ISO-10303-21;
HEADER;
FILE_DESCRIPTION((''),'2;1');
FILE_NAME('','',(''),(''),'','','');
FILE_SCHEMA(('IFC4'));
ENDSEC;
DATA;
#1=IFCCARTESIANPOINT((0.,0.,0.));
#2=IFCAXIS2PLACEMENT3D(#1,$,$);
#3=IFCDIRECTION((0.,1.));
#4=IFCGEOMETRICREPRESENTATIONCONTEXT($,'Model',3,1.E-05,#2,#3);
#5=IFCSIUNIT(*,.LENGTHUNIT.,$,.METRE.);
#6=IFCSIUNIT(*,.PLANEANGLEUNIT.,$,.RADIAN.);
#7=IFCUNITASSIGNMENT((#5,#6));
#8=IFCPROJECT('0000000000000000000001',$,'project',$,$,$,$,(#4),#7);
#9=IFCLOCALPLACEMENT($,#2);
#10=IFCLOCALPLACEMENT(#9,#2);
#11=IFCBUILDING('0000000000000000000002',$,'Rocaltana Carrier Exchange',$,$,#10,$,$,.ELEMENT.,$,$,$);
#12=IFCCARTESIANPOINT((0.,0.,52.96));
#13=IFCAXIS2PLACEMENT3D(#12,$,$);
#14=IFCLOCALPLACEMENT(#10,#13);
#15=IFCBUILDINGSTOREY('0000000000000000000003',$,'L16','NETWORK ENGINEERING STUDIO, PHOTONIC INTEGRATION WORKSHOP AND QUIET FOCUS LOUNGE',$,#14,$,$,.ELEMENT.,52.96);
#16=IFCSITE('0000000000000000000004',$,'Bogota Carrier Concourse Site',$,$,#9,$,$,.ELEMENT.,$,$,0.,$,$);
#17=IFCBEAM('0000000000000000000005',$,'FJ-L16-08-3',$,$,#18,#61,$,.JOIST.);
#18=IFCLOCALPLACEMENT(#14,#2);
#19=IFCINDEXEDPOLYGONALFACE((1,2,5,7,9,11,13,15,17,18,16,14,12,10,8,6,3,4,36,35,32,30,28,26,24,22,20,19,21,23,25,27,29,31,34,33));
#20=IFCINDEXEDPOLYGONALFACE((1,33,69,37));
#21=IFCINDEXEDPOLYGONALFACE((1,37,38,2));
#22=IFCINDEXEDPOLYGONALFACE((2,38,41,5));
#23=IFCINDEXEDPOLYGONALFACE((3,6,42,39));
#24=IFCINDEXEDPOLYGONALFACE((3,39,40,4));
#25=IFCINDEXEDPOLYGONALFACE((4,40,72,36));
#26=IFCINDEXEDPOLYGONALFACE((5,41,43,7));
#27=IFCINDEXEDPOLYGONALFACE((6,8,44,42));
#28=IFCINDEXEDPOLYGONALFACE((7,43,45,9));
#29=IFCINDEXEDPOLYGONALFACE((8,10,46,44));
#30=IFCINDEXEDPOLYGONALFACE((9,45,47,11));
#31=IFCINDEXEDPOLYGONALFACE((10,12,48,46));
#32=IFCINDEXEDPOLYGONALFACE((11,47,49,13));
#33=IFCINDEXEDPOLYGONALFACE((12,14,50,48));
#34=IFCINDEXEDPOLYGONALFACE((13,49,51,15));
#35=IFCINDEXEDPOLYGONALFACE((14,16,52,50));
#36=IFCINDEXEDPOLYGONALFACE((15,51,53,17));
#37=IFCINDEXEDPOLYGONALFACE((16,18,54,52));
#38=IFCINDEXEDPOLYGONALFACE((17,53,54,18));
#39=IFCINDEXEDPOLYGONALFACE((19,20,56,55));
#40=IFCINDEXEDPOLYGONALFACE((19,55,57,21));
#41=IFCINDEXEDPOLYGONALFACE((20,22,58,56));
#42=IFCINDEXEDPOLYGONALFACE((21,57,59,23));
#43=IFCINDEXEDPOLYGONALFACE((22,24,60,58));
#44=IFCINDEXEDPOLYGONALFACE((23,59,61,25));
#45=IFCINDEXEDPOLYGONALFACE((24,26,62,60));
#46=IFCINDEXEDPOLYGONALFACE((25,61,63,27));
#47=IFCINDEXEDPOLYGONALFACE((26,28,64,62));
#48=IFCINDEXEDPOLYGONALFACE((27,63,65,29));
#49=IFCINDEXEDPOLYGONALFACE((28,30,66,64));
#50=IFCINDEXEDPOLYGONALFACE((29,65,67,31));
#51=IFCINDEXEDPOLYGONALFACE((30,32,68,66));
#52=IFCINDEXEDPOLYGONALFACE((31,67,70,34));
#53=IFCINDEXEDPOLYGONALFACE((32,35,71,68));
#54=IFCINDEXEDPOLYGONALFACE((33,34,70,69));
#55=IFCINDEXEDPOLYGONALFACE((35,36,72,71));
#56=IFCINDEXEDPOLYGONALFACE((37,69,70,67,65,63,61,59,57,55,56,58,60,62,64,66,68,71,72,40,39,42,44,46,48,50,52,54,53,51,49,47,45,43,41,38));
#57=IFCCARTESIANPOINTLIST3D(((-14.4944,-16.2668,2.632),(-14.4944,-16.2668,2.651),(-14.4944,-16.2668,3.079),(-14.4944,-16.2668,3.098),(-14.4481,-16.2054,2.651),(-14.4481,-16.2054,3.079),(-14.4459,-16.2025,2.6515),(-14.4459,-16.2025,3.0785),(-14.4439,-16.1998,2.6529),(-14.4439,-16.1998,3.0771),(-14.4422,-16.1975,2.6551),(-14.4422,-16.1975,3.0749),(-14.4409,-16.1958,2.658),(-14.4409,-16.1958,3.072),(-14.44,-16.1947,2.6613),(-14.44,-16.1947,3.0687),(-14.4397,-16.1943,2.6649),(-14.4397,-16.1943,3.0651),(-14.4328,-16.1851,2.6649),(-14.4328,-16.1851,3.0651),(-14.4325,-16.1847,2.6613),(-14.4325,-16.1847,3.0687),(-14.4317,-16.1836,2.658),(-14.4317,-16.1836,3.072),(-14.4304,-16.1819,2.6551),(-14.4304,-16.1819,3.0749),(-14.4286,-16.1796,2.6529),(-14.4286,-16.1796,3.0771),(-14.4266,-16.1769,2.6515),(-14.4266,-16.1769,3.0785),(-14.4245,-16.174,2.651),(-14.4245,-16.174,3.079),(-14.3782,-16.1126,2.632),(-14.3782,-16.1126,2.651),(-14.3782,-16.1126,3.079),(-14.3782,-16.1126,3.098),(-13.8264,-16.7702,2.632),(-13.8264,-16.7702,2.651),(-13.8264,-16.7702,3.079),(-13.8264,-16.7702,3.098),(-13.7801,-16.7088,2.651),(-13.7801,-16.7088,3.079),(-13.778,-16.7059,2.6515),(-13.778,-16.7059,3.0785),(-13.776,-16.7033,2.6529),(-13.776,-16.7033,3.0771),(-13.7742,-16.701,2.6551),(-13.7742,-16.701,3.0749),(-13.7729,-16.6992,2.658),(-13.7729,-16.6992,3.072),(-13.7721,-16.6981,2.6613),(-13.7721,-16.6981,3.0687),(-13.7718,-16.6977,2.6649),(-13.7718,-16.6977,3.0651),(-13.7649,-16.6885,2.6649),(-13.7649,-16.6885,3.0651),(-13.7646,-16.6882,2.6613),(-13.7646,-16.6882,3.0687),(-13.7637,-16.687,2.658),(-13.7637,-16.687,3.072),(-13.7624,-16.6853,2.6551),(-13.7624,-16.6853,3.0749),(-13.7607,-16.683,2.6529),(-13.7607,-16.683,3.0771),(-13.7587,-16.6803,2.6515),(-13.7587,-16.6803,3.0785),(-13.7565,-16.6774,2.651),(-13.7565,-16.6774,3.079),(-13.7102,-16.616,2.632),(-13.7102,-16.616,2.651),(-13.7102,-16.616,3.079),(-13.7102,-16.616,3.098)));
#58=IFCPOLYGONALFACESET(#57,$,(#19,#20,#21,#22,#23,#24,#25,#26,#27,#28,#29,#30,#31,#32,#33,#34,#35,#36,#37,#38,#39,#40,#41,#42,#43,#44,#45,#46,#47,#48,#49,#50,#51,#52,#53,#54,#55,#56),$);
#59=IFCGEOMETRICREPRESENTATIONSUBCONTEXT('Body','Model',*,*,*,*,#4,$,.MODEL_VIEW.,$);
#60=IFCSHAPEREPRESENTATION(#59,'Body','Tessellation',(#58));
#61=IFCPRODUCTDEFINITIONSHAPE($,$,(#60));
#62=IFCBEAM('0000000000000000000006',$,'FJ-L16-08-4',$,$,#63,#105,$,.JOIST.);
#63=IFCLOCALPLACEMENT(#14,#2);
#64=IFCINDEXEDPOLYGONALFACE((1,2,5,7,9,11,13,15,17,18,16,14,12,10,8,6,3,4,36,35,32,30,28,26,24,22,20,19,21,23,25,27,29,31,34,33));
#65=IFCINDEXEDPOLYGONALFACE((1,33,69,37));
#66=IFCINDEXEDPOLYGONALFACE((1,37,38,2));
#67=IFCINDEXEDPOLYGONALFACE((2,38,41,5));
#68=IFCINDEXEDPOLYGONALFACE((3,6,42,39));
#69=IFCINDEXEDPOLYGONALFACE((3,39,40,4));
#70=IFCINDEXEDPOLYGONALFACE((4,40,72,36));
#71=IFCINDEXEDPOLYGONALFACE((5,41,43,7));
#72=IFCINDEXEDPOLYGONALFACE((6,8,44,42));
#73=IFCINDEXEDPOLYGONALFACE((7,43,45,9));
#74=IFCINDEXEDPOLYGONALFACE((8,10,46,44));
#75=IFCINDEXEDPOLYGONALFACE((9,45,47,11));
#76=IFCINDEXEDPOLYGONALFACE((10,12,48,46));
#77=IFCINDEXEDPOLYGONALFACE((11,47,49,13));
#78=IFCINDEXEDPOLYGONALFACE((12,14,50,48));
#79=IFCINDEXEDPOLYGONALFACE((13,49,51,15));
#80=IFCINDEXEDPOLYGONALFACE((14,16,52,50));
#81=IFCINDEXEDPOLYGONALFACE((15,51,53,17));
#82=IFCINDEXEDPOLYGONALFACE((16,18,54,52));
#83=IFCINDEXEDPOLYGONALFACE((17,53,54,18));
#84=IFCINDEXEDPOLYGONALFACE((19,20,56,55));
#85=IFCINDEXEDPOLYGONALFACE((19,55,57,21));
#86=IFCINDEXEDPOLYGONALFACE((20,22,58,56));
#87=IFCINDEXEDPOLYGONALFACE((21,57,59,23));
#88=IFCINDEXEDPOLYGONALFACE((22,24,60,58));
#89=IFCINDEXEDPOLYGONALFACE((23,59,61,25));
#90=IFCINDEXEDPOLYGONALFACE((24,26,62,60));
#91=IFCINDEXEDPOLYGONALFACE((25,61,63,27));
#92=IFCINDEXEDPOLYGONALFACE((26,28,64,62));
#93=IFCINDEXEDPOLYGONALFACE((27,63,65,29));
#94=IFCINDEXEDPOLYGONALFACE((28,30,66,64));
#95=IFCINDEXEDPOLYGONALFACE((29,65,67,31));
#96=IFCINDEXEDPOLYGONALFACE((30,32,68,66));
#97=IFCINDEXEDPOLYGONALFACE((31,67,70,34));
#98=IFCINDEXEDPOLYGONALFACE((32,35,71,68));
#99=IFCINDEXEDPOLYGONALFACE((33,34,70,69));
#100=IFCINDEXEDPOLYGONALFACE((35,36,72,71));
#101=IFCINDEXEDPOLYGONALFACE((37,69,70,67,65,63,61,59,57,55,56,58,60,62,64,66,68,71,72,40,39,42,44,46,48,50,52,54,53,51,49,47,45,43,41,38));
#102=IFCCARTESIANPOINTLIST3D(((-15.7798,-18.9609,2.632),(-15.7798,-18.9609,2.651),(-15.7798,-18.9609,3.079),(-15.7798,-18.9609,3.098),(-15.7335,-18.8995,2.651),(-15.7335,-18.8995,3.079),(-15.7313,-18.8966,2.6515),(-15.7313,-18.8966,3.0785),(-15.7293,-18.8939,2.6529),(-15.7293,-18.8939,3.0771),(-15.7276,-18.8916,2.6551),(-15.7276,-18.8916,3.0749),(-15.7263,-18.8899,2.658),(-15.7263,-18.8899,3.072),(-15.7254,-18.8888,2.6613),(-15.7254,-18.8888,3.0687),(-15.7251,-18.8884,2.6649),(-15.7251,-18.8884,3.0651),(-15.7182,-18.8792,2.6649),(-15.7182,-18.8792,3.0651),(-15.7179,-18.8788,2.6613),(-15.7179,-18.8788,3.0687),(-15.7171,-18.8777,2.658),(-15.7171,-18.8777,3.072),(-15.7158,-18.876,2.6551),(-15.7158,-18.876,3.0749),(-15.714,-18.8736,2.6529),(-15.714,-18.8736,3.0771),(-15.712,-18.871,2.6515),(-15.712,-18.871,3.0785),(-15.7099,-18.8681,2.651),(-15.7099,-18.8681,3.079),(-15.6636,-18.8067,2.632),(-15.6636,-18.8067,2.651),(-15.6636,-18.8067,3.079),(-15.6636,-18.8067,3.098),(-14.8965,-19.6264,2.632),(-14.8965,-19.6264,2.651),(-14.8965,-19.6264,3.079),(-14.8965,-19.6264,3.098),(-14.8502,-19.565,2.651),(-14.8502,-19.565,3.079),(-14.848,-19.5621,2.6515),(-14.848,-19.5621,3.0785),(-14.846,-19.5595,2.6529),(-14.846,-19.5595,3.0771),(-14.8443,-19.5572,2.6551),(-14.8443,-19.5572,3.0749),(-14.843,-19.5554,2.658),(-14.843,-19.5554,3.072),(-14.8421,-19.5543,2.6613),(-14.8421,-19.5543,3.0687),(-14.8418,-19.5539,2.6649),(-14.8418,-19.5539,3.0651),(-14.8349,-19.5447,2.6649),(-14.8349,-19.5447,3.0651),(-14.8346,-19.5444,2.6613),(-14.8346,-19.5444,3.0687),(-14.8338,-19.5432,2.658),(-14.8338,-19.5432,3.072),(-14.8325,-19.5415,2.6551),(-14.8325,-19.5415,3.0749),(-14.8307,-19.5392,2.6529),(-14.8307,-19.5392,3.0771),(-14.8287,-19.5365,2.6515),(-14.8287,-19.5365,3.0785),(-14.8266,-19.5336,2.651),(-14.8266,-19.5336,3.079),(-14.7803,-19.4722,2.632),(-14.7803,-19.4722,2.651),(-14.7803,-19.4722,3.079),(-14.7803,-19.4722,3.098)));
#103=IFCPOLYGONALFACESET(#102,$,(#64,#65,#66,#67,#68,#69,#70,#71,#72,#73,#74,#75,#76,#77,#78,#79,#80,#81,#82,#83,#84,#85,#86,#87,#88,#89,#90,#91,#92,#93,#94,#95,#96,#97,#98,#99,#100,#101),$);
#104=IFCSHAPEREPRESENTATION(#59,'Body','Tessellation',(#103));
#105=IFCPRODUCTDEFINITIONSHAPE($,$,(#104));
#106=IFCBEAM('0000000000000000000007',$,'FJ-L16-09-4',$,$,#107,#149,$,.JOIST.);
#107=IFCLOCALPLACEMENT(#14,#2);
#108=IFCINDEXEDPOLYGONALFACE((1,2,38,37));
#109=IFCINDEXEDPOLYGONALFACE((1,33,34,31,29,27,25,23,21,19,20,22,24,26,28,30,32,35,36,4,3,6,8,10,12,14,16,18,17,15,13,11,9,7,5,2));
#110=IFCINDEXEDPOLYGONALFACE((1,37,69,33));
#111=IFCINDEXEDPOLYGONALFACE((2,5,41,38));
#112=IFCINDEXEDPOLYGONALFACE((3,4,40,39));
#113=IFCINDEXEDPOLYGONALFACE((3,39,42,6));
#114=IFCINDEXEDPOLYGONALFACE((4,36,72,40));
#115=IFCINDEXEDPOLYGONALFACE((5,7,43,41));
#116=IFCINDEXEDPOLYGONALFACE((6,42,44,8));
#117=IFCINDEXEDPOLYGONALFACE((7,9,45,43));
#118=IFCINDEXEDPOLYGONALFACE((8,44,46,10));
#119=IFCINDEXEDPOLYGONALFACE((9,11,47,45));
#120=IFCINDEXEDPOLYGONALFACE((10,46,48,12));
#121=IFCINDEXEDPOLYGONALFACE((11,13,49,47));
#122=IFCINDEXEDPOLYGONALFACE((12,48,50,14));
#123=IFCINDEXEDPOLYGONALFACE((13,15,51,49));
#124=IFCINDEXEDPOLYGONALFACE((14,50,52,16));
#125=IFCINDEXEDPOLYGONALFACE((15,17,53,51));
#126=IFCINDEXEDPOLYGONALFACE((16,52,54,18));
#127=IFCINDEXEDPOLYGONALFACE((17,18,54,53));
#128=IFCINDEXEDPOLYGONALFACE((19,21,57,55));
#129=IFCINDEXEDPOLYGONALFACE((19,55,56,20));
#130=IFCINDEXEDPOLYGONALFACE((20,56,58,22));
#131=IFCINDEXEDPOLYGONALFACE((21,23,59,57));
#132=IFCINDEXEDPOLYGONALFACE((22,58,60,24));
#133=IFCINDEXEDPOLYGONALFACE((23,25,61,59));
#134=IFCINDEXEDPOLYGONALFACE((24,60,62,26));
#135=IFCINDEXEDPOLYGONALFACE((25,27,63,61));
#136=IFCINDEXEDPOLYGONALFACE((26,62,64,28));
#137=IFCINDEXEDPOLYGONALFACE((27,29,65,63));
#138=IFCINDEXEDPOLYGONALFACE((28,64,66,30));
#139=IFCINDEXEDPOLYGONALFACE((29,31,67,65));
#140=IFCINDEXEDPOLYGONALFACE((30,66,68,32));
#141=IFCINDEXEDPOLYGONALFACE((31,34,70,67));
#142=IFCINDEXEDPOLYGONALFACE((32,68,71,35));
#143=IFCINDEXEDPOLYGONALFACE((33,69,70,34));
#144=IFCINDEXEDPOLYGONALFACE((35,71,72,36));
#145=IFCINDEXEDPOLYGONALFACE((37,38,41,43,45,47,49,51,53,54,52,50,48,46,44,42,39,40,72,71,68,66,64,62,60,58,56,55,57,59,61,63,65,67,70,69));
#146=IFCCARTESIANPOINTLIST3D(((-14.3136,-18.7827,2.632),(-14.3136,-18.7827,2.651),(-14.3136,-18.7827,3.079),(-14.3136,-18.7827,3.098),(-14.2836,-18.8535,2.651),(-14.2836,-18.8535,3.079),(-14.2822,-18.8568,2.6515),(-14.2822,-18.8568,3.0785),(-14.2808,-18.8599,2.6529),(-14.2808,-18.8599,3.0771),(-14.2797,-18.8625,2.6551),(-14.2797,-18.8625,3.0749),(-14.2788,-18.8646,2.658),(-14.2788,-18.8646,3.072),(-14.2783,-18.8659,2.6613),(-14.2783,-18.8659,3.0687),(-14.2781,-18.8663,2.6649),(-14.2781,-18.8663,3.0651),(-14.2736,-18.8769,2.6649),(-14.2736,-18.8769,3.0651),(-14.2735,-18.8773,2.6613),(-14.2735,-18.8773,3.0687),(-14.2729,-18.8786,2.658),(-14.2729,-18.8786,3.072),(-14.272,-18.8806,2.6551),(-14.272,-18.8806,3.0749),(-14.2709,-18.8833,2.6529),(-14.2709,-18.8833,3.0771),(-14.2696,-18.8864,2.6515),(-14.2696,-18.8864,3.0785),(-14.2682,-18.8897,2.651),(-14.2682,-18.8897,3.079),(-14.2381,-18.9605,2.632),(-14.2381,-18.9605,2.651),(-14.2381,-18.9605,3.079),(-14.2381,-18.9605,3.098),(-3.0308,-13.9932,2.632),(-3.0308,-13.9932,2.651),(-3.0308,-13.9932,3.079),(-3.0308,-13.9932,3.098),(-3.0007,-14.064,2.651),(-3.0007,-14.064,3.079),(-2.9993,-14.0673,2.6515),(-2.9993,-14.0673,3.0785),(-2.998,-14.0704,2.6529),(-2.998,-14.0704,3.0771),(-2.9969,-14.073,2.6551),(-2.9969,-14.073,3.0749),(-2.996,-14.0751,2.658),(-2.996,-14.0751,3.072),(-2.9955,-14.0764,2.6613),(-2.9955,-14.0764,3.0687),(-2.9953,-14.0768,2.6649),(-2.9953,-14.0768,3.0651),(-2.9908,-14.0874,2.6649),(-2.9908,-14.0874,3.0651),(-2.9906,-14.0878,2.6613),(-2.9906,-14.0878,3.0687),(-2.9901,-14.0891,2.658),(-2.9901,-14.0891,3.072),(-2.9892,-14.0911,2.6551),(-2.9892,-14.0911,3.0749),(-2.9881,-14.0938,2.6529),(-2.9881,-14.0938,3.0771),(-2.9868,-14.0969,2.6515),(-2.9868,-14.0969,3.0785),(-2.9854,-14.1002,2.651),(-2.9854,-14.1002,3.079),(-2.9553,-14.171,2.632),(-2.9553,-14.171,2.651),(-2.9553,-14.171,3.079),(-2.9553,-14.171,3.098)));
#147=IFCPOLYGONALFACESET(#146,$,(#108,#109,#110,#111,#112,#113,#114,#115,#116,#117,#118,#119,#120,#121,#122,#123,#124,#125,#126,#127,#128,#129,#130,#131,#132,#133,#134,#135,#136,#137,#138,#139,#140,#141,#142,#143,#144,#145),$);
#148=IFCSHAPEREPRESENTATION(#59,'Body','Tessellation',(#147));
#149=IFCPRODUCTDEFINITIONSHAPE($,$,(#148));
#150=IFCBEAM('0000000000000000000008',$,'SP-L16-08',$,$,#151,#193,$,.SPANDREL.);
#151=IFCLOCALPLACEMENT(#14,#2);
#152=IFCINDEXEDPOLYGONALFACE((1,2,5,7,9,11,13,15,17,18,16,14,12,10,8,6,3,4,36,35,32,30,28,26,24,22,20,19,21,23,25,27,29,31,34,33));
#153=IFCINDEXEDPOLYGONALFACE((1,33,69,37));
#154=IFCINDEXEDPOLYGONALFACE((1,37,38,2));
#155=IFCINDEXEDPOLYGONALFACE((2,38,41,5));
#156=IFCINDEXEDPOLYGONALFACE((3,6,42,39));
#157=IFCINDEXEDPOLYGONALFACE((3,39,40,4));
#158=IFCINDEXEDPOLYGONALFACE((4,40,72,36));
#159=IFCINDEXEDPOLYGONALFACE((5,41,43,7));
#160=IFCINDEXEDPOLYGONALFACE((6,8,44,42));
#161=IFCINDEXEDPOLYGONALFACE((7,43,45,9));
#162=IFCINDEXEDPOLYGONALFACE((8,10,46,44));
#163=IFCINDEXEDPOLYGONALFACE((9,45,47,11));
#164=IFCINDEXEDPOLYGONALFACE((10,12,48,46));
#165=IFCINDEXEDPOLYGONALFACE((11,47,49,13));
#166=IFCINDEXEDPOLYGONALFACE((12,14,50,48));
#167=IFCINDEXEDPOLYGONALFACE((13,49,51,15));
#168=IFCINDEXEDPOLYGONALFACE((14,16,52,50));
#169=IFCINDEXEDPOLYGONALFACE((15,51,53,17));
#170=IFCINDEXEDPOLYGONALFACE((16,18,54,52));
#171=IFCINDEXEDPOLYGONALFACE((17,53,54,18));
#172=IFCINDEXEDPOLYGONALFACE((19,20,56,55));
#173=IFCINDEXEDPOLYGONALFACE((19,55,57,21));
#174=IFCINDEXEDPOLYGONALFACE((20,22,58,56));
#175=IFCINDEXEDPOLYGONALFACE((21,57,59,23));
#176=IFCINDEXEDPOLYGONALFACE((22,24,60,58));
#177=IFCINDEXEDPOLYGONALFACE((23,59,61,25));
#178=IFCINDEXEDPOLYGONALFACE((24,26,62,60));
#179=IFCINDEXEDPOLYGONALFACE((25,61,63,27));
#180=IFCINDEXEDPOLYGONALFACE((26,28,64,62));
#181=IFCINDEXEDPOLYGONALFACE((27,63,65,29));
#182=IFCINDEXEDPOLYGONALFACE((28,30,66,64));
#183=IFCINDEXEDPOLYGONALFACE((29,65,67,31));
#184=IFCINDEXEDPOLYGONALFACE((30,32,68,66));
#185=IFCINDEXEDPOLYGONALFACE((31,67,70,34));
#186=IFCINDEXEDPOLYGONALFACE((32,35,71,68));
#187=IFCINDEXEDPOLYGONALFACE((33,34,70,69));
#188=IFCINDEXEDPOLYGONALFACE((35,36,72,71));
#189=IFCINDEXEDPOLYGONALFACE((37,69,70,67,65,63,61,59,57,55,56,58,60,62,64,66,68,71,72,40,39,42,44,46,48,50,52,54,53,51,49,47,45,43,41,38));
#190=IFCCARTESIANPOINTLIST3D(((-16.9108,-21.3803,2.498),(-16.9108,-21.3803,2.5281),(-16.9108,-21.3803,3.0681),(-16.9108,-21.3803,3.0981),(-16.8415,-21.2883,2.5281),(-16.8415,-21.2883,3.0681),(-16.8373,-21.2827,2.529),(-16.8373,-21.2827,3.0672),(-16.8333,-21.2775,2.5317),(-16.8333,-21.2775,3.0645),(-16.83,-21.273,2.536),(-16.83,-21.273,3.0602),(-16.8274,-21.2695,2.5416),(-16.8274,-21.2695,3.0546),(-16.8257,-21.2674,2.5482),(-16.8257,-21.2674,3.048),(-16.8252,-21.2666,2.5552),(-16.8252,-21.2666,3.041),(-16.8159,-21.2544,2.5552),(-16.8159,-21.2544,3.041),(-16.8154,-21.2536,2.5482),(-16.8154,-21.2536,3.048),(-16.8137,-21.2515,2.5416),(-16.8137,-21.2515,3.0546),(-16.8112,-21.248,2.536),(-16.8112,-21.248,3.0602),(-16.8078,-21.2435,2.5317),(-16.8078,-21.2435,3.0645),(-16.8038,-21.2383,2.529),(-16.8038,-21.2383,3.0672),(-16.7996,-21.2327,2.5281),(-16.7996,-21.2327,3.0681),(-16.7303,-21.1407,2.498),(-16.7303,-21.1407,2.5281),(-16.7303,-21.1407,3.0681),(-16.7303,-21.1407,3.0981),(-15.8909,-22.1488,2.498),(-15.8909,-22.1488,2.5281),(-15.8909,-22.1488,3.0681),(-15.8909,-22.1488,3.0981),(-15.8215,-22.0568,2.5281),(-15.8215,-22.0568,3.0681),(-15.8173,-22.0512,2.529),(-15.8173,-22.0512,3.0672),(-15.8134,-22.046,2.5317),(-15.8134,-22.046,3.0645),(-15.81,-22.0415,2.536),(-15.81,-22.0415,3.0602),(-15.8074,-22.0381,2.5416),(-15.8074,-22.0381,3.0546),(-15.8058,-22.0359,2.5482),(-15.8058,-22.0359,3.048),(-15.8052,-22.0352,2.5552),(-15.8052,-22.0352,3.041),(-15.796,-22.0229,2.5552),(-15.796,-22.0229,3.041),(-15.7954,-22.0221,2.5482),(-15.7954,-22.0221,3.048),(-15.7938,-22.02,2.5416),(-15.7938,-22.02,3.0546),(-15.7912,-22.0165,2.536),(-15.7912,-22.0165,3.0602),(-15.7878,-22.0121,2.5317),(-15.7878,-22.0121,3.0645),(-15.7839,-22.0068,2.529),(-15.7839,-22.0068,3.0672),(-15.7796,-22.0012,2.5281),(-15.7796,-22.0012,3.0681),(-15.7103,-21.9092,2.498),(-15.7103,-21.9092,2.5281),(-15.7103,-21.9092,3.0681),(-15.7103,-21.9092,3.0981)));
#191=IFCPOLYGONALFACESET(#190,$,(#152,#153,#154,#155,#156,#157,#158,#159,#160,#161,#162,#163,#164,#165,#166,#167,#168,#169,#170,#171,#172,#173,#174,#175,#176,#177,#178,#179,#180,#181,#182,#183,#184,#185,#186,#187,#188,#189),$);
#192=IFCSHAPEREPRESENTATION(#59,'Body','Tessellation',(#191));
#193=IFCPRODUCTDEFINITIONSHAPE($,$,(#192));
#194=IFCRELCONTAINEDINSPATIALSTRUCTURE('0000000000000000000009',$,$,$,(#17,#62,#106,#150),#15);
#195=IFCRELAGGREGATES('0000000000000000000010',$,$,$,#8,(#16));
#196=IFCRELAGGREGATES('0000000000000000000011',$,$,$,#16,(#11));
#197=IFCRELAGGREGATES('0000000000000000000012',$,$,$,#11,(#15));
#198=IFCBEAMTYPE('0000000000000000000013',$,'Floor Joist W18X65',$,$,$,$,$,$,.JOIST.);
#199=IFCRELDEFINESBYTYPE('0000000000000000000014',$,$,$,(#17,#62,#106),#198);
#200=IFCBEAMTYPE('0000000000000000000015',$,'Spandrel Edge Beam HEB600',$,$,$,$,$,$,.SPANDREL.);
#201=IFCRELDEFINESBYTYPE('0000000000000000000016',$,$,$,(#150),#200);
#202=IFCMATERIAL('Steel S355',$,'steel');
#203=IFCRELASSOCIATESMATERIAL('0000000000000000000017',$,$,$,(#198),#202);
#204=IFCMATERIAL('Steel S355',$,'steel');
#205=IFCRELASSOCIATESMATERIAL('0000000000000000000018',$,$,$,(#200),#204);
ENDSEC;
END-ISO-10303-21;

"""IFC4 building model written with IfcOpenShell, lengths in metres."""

from ifc_helpers import new_model, si_unit, direction, frame, origin, origin_2d, place, context, subcontext, project, spatial, i_section, extrude, material, material_profile, profile_set, type_object, element, save


model = new_model("IFC4")

# Units and contexts
model_context = context("Model", 3, precision=1e-05, world=origin(), true_north=direction((0.0, 1.0)))
body_context = subcontext(model_context, "Body", "Model", "MODEL_VIEW")
ifc_project = project(units=[si_unit("LENGTHUNIT", "METRE"), si_unit("PLANEANGLEUNIT", "RADIAN")], contexts=[model_context])

# Site, building, storey
site_placement = place(None, origin())
site = spatial("IfcSite", under=ifc_project, at=site_placement, Name="Bogota Carrier Concourse Site", CompositionType="ELEMENT", RefElevation=0.0)
building_placement = place(site_placement, origin())
building = spatial("IfcBuilding", under=site, at=building_placement, Name="Rocaltana Carrier Exchange", CompositionType="ELEMENT")
storey_placement = place(building_placement, frame((0.0, 0.0, 52.96)))
storey = spatial("IfcBuildingStorey", under=building, at=storey_placement, Name="L16", Description="NETWORK ENGINEERING STUDIO, PHOTONIC INTEGRATION WORKSHOP AND QUIET FOCUS LOUNGE", CompositionType="ELEMENT", Elevation=52.96)

# Beams
ifc_material_1 = material(Name="Steel S355", Category="steel")
ifc_material_profile_1 = material_profile(ifc_material_1, i_section(OverallWidth=0.1931, OverallDepth=0.4661, WebThickness=0.0115, FlangeThickness=0.019, FilletRadius=0.0139, at=origin_2d()), Name="W18X65")
ifc_profile_set_1 = profile_set([ifc_material_profile_1], Name="Steel S355")
beam_type_1 = type_object("IfcBeamType", Name="Floor Joist W18X65", PredefinedType="JOIST", material=ifc_profile_set_1)
beam_1_placement = place(storey_placement, frame((-14.4363, -16.1897, 2.865), z_axis=(0.798597, -0.601866, 0.0), x_axis=(0.601866, 0.798597, 0.0)))
element("IfcBeam", 1, at=beam_1_placement, inside=storey, type_object=beam_type_1, Name="FJ-L16-08-3", PredefinedType="JOIST", context=body_context, shape_type="SweptSolid", body=[
    extrude(i_section(OverallWidth=0.1931, OverallDepth=0.4661, WebThickness=0.0115, FlangeThickness=0.019, FilletRadius=0.0139, at=origin_2d()), origin(), (0.0, 0.0, 1.0), 0.8364),
])
beam_2_placement = place(storey_placement, frame((-15.7217, -18.8838, 2.865), z_axis=(0.798674, -0.601765, 0.0), x_axis=(0.601765, 0.798674, 0.0)))
element("IfcBeam", 2, at=beam_2_placement, inside=storey, type_object=beam_type_1, Name="FJ-L16-08-4", PredefinedType="JOIST", context=body_context, shape_type="SweptSolid", body=[
    extrude(i_section(OverallWidth=0.1931, OverallDepth=0.4661, WebThickness=0.0115, FlangeThickness=0.019, FilletRadius=0.0139, at=origin_2d()), origin(), (0.0, 0.0, 1.0), 1.106),
])
beam_3_placement = place(storey_placement, frame((-14.2759, -18.8716, 2.865), z_axis=(0.920498, 0.390746, 0.0), x_axis=(-0.390746, 0.920498, 0.0)))
element("IfcBeam", 3, at=beam_3_placement, inside=storey, type_object=beam_type_1, Name="FJ-L16-09-4", PredefinedType="JOIST", context=body_context, shape_type="SweptSolid", body=[
    extrude(i_section(OverallWidth=0.1931, OverallDepth=0.4661, WebThickness=0.0115, FlangeThickness=0.019, FilletRadius=0.0139, at=origin_2d()), origin(), (0.0, 0.0, 1.0), 12.2573),
])
ifc_material_2 = material(Name="Steel S355", Category="steel")
ifc_material_profile_2 = material_profile(ifc_material_2, i_section(OverallWidth=0.3, OverallDepth=0.6001, WebThickness=0.0154, FlangeThickness=0.03, FilletRadius=0.0271, at=origin_2d()), Name="HEB600")
ifc_profile_set_2 = profile_set([ifc_material_profile_2], Name="Steel S355")
beam_type_2 = type_object("IfcBeamType", Name="Spandrel Edge Beam HEB600", PredefinedType="SPANDREL", material=ifc_profile_set_2)
beam_4_placement = place(storey_placement, frame((-16.8206, -21.2605, 2.7981), z_axis=(0.798668, -0.601772, 0.0), x_axis=(0.601772, 0.798668, 0.0)))
element("IfcBeam", 4, at=beam_4_placement, inside=storey, type_object=beam_type_2, Name="SP-L16-08", PredefinedType="SPANDREL", context=body_context, shape_type="SweptSolid", body=[
    extrude(i_section(OverallWidth=0.3, OverallDepth=0.6001, WebThickness=0.0154, FlangeThickness=0.03, FilletRadius=0.0271, at=origin_2d()), origin(), (0.0, 0.0, 1.0), 1.2771),
])

save(model, "model.ifc")
